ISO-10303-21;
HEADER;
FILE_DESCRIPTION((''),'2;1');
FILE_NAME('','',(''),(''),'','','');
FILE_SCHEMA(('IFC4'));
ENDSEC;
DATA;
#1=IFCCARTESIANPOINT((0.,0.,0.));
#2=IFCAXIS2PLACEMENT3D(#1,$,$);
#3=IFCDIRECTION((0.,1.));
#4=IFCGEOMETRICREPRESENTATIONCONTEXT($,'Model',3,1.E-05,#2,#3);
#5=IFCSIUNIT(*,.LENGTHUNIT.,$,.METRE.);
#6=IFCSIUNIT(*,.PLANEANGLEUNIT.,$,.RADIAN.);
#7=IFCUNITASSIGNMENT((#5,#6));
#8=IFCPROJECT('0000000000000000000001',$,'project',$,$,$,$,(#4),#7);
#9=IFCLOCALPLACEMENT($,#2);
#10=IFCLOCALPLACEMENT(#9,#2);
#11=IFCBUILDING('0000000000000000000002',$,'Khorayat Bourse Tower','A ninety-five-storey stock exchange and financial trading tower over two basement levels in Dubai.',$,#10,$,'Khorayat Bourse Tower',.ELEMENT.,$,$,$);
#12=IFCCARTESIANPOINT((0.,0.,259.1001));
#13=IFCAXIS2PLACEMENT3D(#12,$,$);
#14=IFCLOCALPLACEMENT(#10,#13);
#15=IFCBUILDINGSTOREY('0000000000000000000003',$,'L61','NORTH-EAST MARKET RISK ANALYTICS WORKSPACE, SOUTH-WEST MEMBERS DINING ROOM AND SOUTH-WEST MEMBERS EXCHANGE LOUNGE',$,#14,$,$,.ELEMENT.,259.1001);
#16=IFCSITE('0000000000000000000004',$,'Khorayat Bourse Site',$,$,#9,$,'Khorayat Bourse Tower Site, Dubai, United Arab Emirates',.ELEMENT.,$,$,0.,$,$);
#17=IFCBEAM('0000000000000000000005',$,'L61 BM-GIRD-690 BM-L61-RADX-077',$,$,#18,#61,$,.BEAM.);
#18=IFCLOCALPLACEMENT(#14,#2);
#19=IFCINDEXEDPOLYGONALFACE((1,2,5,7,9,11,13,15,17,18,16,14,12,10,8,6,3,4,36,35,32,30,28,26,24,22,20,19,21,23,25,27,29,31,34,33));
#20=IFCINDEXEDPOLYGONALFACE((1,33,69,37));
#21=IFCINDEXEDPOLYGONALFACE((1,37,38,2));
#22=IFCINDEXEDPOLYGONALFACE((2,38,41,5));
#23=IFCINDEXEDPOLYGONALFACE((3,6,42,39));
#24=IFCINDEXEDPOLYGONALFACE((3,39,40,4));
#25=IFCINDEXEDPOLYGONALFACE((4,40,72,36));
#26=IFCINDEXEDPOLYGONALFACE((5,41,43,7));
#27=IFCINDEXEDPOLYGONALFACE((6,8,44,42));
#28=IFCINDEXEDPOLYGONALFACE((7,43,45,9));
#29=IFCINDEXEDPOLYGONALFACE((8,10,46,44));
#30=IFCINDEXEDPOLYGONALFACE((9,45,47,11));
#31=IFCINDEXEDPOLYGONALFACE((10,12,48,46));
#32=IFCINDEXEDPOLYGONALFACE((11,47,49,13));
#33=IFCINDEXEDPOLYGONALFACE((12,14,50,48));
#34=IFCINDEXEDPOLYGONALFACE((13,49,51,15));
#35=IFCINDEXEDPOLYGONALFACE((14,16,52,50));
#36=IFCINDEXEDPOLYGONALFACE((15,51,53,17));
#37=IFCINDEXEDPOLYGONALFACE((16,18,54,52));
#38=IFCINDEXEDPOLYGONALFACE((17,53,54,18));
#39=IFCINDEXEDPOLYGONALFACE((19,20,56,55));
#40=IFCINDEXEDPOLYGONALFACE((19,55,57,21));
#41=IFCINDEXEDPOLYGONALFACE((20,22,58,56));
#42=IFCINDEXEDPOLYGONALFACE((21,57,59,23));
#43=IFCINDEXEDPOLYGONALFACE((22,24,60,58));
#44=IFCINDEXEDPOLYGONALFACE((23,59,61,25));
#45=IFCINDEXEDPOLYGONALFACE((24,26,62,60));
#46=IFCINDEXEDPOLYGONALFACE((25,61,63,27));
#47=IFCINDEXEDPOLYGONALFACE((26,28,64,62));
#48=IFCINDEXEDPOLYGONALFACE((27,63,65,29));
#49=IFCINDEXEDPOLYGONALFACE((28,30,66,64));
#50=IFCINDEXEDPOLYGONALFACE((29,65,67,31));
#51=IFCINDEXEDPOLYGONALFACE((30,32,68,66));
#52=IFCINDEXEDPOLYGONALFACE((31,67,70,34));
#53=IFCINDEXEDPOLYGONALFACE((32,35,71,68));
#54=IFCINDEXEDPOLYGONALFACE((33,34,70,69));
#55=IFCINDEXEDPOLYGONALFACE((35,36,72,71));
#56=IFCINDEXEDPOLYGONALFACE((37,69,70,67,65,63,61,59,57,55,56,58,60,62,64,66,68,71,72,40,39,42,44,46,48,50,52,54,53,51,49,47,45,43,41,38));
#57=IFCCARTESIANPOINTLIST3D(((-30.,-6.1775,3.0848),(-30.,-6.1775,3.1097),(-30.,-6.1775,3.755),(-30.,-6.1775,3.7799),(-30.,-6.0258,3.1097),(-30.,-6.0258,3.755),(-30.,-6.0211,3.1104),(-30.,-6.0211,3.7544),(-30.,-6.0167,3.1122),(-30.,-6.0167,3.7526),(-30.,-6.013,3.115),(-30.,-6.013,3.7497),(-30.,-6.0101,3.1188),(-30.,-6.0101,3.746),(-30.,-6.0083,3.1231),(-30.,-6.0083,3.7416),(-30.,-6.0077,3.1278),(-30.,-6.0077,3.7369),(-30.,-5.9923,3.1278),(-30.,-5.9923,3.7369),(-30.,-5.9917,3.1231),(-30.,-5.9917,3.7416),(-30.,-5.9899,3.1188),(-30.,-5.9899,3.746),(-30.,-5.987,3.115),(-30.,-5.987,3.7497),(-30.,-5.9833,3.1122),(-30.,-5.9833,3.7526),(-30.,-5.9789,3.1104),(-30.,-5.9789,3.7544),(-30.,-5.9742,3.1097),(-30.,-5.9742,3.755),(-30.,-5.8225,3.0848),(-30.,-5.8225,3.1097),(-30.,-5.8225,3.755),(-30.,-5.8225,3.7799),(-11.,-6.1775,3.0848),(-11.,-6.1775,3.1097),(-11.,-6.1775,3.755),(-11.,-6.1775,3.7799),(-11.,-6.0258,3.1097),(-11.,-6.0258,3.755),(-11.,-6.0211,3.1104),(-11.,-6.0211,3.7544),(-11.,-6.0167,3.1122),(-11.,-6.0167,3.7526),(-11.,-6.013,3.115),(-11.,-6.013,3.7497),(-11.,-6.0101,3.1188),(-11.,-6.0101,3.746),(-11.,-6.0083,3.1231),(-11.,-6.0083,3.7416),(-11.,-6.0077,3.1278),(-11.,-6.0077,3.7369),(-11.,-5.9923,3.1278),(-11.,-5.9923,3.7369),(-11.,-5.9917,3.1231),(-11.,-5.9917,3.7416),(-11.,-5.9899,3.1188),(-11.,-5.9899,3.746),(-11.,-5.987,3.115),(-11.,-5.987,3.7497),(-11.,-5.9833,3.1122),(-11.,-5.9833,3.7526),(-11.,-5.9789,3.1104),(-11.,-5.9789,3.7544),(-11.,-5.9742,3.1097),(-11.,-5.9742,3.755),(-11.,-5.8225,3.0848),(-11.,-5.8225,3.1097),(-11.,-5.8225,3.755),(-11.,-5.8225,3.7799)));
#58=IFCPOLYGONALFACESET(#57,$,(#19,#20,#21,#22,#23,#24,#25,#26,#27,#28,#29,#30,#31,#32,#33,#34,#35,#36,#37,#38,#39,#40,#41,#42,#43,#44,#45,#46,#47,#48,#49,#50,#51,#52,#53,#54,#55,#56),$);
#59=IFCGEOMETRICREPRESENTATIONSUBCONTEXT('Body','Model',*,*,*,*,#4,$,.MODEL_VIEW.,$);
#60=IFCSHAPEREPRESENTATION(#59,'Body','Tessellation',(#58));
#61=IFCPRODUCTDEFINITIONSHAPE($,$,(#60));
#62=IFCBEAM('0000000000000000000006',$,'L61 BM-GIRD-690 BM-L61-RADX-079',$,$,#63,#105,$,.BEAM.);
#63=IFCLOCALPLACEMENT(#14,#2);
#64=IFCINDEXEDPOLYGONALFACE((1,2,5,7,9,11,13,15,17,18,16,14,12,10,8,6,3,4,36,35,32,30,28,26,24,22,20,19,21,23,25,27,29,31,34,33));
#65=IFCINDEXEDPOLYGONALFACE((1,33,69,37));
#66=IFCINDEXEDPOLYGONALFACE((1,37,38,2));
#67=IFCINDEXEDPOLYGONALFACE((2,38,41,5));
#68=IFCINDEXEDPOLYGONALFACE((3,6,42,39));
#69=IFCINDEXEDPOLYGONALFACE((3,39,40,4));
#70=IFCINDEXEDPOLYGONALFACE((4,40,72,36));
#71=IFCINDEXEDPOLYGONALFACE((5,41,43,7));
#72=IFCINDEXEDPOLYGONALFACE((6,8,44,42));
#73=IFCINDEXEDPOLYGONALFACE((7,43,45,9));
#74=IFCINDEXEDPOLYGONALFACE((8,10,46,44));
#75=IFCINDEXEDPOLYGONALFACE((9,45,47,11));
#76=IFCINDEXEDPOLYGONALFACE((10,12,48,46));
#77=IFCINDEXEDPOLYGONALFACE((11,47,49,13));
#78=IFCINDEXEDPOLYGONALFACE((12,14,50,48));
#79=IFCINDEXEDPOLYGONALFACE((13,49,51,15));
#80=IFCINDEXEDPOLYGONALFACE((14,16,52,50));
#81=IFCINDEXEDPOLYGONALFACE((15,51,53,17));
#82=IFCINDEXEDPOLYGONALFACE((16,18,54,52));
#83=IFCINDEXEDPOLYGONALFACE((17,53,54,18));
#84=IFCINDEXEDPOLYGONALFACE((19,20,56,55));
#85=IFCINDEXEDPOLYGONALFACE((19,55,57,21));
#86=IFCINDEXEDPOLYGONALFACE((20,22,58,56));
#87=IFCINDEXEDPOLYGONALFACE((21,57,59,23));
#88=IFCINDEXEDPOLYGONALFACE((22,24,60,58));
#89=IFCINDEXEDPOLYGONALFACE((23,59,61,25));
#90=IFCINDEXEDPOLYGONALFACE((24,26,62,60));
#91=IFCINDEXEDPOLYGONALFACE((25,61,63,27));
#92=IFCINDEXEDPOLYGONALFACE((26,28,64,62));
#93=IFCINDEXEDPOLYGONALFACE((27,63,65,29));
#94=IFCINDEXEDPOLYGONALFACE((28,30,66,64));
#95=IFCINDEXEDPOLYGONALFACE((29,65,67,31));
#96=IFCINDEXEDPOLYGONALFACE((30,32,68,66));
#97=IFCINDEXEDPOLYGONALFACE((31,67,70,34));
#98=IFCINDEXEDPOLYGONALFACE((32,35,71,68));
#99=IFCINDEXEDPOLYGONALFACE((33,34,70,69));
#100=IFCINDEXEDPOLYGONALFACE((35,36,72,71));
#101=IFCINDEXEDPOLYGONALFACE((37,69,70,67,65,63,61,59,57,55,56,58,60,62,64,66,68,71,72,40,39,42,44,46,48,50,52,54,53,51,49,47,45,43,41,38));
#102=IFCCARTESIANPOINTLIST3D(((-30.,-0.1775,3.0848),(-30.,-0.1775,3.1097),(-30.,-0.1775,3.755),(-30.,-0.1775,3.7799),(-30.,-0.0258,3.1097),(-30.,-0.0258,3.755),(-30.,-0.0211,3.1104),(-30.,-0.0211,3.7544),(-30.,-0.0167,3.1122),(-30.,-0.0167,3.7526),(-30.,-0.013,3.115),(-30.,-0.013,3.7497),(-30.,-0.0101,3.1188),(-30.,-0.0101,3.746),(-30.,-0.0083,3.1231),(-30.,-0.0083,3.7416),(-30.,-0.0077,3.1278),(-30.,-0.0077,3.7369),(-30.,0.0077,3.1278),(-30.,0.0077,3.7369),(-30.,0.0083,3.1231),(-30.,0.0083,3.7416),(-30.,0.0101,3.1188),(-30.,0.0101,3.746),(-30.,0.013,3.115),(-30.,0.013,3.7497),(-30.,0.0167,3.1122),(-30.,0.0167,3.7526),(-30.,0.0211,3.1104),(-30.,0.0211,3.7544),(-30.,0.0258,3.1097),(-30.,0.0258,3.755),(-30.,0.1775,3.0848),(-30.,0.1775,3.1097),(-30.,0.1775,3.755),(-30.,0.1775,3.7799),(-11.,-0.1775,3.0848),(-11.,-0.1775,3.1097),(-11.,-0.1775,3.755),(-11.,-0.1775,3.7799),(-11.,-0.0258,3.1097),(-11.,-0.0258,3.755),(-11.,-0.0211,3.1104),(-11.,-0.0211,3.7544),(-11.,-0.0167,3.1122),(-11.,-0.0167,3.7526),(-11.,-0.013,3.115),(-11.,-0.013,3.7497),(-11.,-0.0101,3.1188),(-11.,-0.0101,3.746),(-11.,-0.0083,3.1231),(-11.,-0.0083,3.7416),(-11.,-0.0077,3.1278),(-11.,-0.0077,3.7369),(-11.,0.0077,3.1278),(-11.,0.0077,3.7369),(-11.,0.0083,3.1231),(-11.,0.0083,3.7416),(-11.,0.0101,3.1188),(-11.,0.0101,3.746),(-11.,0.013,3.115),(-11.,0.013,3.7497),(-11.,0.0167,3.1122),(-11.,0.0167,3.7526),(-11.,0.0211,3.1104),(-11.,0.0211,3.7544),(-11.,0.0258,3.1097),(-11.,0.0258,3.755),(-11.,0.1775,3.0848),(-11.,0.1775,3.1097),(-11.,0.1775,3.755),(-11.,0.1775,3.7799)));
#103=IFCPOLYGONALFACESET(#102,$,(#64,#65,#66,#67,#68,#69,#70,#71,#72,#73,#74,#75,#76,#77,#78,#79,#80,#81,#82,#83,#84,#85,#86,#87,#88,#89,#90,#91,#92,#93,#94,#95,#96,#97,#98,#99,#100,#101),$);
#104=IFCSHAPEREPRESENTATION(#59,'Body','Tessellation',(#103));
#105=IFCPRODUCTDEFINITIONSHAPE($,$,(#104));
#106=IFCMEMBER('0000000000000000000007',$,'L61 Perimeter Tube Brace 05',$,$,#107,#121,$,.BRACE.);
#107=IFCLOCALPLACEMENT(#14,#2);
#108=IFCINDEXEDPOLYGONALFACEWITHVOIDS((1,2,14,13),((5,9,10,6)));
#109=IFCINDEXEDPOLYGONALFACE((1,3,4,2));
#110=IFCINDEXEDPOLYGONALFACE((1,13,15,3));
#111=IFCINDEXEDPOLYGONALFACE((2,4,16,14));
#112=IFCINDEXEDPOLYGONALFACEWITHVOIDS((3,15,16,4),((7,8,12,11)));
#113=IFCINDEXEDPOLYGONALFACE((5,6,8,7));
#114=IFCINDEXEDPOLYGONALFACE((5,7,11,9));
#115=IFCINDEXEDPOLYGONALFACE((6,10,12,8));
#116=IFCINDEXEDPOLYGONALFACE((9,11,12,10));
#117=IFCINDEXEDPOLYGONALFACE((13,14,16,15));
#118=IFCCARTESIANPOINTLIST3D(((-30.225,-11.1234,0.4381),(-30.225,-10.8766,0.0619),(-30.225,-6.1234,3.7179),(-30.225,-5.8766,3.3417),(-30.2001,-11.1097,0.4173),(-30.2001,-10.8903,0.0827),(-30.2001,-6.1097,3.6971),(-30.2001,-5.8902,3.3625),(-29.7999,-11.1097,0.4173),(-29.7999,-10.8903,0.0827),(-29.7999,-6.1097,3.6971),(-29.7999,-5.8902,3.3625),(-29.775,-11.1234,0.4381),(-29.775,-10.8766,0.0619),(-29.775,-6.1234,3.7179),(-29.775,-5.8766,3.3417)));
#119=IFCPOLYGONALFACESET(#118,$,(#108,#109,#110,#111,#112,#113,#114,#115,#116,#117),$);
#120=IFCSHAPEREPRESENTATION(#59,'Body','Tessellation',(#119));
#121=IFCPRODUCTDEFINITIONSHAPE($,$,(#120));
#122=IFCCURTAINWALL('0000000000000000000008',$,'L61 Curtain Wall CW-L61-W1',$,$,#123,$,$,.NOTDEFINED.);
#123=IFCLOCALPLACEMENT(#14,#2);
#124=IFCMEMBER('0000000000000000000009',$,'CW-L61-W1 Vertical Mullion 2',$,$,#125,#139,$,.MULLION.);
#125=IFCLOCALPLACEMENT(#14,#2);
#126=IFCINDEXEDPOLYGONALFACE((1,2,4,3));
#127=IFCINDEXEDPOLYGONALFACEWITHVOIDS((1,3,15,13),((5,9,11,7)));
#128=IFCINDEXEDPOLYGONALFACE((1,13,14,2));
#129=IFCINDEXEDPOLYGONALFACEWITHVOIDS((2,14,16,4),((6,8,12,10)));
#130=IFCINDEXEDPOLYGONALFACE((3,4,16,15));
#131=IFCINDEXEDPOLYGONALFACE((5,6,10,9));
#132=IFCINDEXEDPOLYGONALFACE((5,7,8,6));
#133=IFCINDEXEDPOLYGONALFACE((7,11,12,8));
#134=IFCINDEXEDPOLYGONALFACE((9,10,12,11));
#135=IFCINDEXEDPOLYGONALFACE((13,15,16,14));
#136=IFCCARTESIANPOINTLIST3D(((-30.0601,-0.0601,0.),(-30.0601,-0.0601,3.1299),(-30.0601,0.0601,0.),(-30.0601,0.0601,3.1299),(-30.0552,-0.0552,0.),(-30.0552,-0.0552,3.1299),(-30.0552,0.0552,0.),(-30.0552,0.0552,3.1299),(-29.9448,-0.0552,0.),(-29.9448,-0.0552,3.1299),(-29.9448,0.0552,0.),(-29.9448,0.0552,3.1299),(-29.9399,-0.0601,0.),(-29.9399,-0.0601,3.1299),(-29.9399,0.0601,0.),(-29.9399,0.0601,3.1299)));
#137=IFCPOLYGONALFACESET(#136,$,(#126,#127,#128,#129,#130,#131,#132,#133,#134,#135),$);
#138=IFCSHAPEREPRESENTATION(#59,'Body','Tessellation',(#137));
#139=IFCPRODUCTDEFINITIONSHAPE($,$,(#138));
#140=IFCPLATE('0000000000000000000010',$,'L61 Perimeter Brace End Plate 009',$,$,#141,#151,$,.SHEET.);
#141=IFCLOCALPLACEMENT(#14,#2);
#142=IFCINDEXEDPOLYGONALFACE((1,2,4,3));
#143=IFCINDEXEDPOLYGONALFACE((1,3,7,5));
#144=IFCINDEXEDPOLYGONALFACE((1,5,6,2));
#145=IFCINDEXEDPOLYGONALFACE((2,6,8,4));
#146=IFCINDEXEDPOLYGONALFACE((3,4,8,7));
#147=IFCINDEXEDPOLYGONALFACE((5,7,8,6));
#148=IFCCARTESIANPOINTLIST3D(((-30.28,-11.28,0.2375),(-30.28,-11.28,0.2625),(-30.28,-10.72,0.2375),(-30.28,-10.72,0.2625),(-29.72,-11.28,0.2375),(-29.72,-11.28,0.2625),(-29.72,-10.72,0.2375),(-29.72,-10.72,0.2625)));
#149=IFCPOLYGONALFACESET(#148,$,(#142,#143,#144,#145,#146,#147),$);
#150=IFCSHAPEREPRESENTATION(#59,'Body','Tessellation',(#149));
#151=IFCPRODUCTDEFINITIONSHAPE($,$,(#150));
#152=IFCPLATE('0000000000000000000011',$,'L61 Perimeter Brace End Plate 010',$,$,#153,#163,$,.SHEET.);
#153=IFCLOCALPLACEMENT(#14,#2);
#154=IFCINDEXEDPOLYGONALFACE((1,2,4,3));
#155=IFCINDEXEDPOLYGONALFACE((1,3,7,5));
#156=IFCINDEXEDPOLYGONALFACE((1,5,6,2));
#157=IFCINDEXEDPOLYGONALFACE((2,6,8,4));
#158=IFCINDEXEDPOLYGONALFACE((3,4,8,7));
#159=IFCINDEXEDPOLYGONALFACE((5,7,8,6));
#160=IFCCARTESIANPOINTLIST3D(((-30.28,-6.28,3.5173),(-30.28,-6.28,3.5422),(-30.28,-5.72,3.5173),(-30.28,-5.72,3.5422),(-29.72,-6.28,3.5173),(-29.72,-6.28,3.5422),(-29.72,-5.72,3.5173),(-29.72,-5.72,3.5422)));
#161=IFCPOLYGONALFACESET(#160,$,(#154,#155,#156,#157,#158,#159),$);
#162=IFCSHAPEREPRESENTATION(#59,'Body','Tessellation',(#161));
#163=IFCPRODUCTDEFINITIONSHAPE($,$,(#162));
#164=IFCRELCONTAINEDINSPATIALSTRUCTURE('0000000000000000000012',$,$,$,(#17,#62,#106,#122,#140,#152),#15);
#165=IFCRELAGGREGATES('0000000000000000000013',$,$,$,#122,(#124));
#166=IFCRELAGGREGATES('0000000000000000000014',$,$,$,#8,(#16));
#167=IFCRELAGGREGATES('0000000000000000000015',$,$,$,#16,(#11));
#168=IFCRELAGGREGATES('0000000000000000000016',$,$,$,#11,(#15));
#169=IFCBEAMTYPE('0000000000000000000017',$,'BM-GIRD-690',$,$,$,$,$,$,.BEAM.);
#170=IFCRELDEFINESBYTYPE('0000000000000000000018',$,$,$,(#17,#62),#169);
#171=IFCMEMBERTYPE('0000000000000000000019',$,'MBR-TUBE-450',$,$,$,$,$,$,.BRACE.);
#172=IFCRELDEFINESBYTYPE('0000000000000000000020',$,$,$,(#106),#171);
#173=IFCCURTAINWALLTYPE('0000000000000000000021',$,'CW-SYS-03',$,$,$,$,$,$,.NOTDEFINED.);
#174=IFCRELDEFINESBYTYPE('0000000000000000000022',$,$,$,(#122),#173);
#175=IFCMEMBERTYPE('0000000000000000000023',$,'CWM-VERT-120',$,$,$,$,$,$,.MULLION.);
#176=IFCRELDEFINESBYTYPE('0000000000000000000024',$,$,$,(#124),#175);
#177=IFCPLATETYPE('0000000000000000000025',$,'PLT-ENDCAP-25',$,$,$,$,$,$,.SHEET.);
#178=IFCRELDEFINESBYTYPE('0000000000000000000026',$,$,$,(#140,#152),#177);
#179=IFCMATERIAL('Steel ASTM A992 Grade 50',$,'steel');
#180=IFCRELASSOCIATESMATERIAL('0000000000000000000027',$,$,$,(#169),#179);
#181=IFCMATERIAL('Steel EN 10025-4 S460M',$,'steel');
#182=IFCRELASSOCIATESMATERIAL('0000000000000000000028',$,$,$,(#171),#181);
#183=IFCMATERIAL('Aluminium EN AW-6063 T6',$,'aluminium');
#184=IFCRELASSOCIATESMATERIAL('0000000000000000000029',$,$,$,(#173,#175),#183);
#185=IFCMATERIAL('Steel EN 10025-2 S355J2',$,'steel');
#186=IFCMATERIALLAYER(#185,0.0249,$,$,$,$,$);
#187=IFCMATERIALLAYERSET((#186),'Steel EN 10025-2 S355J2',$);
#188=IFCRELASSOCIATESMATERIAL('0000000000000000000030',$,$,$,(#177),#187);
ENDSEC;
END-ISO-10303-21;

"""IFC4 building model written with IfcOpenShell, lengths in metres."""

from ifc_helpers import new_model, si_unit, direction, frame, origin, origin_2d, place, context, subcontext, project, spatial, rectangle, hollow_rectangle, i_section, extrude, source, transform, mapped, material, layer, layer_set, material_profile, profile_set, type_object, element, aggregate, save


model = new_model("IFC4")

# Units and contexts
model_context = context("Model", 3, precision=1e-05, world=origin(), true_north=direction((0.0, 1.0)))
body_context = subcontext(model_context, "Body", "Model", "MODEL_VIEW")
ifc_project = project(units=[si_unit("LENGTHUNIT", "METRE"), si_unit("PLANEANGLEUNIT", "RADIAN")], contexts=[model_context])

# Site, building, storey
site_placement = place(None, origin())
site = spatial("IfcSite", under=ifc_project, at=site_placement, Name="Khorayat Bourse Site", LongName="Khorayat Bourse Tower Site, Dubai, United Arab Emirates", CompositionType="ELEMENT", RefElevation=0.0)
building_placement = place(site_placement, origin())
building = spatial("IfcBuilding", under=site, at=building_placement, Name="Khorayat Bourse Tower", Description="A ninety-five-storey stock exchange and financial trading tower over two basement levels in Dubai.", LongName="Khorayat Bourse Tower", CompositionType="ELEMENT")
storey_placement = place(building_placement, frame((0.0, 0.0, 259.1001)))
storey = spatial("IfcBuildingStorey", under=building, at=storey_placement, Name="L61", Description="NORTH-EAST MARKET RISK ANALYTICS WORKSPACE, SOUTH-WEST MEMBERS DINING ROOM AND SOUTH-WEST MEMBERS EXCHANGE LOUNGE", CompositionType="ELEMENT", Elevation=259.1001)

# Shared definitions
ifc_material_1 = material(Name="Steel EN 10025-4 S460M", Category="steel")

# Beams
ifc_material_2 = material(Name="Steel ASTM A992 Grade 50", Category="steel")
ifc_material_profile_1 = material_profile(ifc_material_2, i_section(OverallWidth=0.355, OverallDepth=0.6951, WebThickness=0.0154, FlangeThickness=0.0249, FilletRadius=0.0181, at=origin_2d()), Name="W690X217")
ifc_profile_set_1 = profile_set([ifc_material_profile_1], Name="Steel ASTM A992 Grade 50")
beam_type_1 = type_object("IfcBeamType", Name="BM-GIRD-690", PredefinedType="BEAM", material=ifc_profile_set_1)
shared_shape_1 = source(origin(), body_context, "Body", "SweptSolid", [
    extrude(i_section(OverallWidth=0.355, OverallDepth=0.6951, WebThickness=0.0154, FlangeThickness=0.0249, FilletRadius=0.0181, at=origin_2d()), origin(), (0.0, 0.0, 1.0), 19.0),
])
for number, where, z_axis, x_axis, name in (
    (1, (-30.0, -6.0, 3.4324), (1.0, 0.0, 0.0), (0.0, 1.0, 0.0), "L61 BM-GIRD-690 BM-L61-RADX-077"),
    (2, (-30.0, 0.0, 3.4324), (1.0, 0.0, 0.0), (0.0, 1.0, 0.0), "L61 BM-GIRD-690 BM-L61-RADX-079"),
):
    element("IfcBeam", number, at=place(storey_placement, frame(where, z_axis=z_axis, x_axis=x_axis)), inside=storey, type_object=beam_type_1, Name=name, PredefinedType="BEAM", context=body_context, shape_type="MappedRepresentation", body=[
        mapped(shared_shape_1, transform((0.0, 0.0, 0.0), scale=1.0)),
    ])

# Member
ifc_material_profile_2 = material_profile(ifc_material_1, hollow_rectangle(XDim=0.45, YDim=0.45, WallThickness=0.0249, at=origin_2d()), Name="HSS 450x450x25")
ifc_profile_set_2 = profile_set([ifc_material_profile_2], Name="Steel EN 10025-4 S460M")
member_type_1 = type_object("IfcMemberType", Name="MBR-TUBE-450", PredefinedType="BRACE", material=ifc_profile_set_2)
shared_shape_2 = source(origin(), body_context, "Body", "SweptSolid", [
    extrude(hollow_rectangle(XDim=0.45, YDim=0.45, WallThickness=0.0249, at=origin_2d()), origin(), (0.0, 0.0, 1.0), 5.9797),
])
member_1_placement = place(storey_placement, frame((-30.0, -11.0, 0.25), z_axis=(0.0, 0.83616, 0.548485), x_axis=(-1.0, 0.0, 0.0)))
element("IfcMember", 3, at=member_1_placement, inside=storey, type_object=member_type_1, Name="L61 Perimeter Tube Brace 05", PredefinedType="BRACE", context=body_context, shape_type="MappedRepresentation", body=[
    mapped(shared_shape_2, transform((0.0, 0.0, 0.0), scale=1.0)),
])

# Curtain wall, member
ifc_material_3 = material(Name="Aluminium EN AW-6063 T6", Category="aluminium")
curtain_wall_type = type_object("IfcCurtainWallType", Name="CW-SYS-03", PredefinedType="NOTDEFINED", material=ifc_material_3)
curtain_wall_placement = place(storey_placement, origin())
curtain_wall = element("IfcCurtainWall", 4, at=curtain_wall_placement, inside=storey, type_object=curtain_wall_type, Name="L61 Curtain Wall CW-L61-W1", PredefinedType="NOTDEFINED")
ifc_material_profile_3 = material_profile(ifc_material_3, hollow_rectangle(XDim=0.1201, YDim=0.1201, WallThickness=0.0049, at=origin_2d()), Name="ALU 120x120x5")
ifc_profile_set_3 = profile_set([ifc_material_profile_3], Name="Aluminium EN AW-6063 T6")
member_type_2 = type_object("IfcMemberType", Name="CWM-VERT-120", PredefinedType="MULLION", material=ifc_profile_set_3)
shared_shape_3 = source(origin(), body_context, "Body", "SweptSolid", [
    extrude(hollow_rectangle(XDim=0.1201, YDim=0.1201, WallThickness=0.0049, at=origin_2d()), origin(), (0.0, 0.0, 1.0), 3.1299),
])
member_2_placement = place(storey_placement, frame((-30.0, 0.0, 0.0), z_axis=(0.0, 0.0, 1.0), x_axis=(-1.0, 0.0, 0.0)))
member_2 = element("IfcMember", 5, at=member_2_placement, type_object=member_type_2, Name="CW-L61-W1 Vertical Mullion 2", PredefinedType="MULLION", context=body_context, shape_type="MappedRepresentation", body=[
    mapped(shared_shape_3, transform((0.0, 0.0, 0.0), scale=1.0)),
])
aggregate(curtain_wall, [member_2])

# Plates
ifc_material_4 = material(Name="Steel EN 10025-2 S355J2", Category="steel")
ifc_layer_1 = layer(ifc_material_4, 0.0249)
ifc_layer_set_1 = layer_set([ifc_layer_1], Name="Steel EN 10025-2 S355J2")
plate_type = type_object("IfcPlateType", Name="PLT-ENDCAP-25", PredefinedType="SHEET", material=ifc_layer_set_1)
shared_shape_4 = source(origin(), body_context, "Body", "SweptSolid", [
    extrude(rectangle(XDim=0.5601, YDim=0.5601, at=origin_2d()), origin(), (0.0, 0.0, 1.0), 0.0249),
])
for number, where, z_axis, x_axis, name in (
    (6, (-30.0, -11.0, 0.2375), (0.0, 0.0, 1.0), (1.0, 0.0, 0.0), "L61 Perimeter Brace End Plate 009"),
    (7, (-30.0, -6.0, 3.5173), (0.0, 0.0, 1.0), (1.0, 0.0, 0.0), "L61 Perimeter Brace End Plate 010"),
):
    element("IfcPlate", number, at=place(storey_placement, frame(where, z_axis=z_axis, x_axis=x_axis)), inside=storey, type_object=plate_type, Name=name, PredefinedType="SHEET", context=body_context, shape_type="MappedRepresentation", body=[
        mapped(shared_shape_4, transform((0.0, 0.0, 0.0), scale=1.0)),
    ])

save(model, "model.ifc")
